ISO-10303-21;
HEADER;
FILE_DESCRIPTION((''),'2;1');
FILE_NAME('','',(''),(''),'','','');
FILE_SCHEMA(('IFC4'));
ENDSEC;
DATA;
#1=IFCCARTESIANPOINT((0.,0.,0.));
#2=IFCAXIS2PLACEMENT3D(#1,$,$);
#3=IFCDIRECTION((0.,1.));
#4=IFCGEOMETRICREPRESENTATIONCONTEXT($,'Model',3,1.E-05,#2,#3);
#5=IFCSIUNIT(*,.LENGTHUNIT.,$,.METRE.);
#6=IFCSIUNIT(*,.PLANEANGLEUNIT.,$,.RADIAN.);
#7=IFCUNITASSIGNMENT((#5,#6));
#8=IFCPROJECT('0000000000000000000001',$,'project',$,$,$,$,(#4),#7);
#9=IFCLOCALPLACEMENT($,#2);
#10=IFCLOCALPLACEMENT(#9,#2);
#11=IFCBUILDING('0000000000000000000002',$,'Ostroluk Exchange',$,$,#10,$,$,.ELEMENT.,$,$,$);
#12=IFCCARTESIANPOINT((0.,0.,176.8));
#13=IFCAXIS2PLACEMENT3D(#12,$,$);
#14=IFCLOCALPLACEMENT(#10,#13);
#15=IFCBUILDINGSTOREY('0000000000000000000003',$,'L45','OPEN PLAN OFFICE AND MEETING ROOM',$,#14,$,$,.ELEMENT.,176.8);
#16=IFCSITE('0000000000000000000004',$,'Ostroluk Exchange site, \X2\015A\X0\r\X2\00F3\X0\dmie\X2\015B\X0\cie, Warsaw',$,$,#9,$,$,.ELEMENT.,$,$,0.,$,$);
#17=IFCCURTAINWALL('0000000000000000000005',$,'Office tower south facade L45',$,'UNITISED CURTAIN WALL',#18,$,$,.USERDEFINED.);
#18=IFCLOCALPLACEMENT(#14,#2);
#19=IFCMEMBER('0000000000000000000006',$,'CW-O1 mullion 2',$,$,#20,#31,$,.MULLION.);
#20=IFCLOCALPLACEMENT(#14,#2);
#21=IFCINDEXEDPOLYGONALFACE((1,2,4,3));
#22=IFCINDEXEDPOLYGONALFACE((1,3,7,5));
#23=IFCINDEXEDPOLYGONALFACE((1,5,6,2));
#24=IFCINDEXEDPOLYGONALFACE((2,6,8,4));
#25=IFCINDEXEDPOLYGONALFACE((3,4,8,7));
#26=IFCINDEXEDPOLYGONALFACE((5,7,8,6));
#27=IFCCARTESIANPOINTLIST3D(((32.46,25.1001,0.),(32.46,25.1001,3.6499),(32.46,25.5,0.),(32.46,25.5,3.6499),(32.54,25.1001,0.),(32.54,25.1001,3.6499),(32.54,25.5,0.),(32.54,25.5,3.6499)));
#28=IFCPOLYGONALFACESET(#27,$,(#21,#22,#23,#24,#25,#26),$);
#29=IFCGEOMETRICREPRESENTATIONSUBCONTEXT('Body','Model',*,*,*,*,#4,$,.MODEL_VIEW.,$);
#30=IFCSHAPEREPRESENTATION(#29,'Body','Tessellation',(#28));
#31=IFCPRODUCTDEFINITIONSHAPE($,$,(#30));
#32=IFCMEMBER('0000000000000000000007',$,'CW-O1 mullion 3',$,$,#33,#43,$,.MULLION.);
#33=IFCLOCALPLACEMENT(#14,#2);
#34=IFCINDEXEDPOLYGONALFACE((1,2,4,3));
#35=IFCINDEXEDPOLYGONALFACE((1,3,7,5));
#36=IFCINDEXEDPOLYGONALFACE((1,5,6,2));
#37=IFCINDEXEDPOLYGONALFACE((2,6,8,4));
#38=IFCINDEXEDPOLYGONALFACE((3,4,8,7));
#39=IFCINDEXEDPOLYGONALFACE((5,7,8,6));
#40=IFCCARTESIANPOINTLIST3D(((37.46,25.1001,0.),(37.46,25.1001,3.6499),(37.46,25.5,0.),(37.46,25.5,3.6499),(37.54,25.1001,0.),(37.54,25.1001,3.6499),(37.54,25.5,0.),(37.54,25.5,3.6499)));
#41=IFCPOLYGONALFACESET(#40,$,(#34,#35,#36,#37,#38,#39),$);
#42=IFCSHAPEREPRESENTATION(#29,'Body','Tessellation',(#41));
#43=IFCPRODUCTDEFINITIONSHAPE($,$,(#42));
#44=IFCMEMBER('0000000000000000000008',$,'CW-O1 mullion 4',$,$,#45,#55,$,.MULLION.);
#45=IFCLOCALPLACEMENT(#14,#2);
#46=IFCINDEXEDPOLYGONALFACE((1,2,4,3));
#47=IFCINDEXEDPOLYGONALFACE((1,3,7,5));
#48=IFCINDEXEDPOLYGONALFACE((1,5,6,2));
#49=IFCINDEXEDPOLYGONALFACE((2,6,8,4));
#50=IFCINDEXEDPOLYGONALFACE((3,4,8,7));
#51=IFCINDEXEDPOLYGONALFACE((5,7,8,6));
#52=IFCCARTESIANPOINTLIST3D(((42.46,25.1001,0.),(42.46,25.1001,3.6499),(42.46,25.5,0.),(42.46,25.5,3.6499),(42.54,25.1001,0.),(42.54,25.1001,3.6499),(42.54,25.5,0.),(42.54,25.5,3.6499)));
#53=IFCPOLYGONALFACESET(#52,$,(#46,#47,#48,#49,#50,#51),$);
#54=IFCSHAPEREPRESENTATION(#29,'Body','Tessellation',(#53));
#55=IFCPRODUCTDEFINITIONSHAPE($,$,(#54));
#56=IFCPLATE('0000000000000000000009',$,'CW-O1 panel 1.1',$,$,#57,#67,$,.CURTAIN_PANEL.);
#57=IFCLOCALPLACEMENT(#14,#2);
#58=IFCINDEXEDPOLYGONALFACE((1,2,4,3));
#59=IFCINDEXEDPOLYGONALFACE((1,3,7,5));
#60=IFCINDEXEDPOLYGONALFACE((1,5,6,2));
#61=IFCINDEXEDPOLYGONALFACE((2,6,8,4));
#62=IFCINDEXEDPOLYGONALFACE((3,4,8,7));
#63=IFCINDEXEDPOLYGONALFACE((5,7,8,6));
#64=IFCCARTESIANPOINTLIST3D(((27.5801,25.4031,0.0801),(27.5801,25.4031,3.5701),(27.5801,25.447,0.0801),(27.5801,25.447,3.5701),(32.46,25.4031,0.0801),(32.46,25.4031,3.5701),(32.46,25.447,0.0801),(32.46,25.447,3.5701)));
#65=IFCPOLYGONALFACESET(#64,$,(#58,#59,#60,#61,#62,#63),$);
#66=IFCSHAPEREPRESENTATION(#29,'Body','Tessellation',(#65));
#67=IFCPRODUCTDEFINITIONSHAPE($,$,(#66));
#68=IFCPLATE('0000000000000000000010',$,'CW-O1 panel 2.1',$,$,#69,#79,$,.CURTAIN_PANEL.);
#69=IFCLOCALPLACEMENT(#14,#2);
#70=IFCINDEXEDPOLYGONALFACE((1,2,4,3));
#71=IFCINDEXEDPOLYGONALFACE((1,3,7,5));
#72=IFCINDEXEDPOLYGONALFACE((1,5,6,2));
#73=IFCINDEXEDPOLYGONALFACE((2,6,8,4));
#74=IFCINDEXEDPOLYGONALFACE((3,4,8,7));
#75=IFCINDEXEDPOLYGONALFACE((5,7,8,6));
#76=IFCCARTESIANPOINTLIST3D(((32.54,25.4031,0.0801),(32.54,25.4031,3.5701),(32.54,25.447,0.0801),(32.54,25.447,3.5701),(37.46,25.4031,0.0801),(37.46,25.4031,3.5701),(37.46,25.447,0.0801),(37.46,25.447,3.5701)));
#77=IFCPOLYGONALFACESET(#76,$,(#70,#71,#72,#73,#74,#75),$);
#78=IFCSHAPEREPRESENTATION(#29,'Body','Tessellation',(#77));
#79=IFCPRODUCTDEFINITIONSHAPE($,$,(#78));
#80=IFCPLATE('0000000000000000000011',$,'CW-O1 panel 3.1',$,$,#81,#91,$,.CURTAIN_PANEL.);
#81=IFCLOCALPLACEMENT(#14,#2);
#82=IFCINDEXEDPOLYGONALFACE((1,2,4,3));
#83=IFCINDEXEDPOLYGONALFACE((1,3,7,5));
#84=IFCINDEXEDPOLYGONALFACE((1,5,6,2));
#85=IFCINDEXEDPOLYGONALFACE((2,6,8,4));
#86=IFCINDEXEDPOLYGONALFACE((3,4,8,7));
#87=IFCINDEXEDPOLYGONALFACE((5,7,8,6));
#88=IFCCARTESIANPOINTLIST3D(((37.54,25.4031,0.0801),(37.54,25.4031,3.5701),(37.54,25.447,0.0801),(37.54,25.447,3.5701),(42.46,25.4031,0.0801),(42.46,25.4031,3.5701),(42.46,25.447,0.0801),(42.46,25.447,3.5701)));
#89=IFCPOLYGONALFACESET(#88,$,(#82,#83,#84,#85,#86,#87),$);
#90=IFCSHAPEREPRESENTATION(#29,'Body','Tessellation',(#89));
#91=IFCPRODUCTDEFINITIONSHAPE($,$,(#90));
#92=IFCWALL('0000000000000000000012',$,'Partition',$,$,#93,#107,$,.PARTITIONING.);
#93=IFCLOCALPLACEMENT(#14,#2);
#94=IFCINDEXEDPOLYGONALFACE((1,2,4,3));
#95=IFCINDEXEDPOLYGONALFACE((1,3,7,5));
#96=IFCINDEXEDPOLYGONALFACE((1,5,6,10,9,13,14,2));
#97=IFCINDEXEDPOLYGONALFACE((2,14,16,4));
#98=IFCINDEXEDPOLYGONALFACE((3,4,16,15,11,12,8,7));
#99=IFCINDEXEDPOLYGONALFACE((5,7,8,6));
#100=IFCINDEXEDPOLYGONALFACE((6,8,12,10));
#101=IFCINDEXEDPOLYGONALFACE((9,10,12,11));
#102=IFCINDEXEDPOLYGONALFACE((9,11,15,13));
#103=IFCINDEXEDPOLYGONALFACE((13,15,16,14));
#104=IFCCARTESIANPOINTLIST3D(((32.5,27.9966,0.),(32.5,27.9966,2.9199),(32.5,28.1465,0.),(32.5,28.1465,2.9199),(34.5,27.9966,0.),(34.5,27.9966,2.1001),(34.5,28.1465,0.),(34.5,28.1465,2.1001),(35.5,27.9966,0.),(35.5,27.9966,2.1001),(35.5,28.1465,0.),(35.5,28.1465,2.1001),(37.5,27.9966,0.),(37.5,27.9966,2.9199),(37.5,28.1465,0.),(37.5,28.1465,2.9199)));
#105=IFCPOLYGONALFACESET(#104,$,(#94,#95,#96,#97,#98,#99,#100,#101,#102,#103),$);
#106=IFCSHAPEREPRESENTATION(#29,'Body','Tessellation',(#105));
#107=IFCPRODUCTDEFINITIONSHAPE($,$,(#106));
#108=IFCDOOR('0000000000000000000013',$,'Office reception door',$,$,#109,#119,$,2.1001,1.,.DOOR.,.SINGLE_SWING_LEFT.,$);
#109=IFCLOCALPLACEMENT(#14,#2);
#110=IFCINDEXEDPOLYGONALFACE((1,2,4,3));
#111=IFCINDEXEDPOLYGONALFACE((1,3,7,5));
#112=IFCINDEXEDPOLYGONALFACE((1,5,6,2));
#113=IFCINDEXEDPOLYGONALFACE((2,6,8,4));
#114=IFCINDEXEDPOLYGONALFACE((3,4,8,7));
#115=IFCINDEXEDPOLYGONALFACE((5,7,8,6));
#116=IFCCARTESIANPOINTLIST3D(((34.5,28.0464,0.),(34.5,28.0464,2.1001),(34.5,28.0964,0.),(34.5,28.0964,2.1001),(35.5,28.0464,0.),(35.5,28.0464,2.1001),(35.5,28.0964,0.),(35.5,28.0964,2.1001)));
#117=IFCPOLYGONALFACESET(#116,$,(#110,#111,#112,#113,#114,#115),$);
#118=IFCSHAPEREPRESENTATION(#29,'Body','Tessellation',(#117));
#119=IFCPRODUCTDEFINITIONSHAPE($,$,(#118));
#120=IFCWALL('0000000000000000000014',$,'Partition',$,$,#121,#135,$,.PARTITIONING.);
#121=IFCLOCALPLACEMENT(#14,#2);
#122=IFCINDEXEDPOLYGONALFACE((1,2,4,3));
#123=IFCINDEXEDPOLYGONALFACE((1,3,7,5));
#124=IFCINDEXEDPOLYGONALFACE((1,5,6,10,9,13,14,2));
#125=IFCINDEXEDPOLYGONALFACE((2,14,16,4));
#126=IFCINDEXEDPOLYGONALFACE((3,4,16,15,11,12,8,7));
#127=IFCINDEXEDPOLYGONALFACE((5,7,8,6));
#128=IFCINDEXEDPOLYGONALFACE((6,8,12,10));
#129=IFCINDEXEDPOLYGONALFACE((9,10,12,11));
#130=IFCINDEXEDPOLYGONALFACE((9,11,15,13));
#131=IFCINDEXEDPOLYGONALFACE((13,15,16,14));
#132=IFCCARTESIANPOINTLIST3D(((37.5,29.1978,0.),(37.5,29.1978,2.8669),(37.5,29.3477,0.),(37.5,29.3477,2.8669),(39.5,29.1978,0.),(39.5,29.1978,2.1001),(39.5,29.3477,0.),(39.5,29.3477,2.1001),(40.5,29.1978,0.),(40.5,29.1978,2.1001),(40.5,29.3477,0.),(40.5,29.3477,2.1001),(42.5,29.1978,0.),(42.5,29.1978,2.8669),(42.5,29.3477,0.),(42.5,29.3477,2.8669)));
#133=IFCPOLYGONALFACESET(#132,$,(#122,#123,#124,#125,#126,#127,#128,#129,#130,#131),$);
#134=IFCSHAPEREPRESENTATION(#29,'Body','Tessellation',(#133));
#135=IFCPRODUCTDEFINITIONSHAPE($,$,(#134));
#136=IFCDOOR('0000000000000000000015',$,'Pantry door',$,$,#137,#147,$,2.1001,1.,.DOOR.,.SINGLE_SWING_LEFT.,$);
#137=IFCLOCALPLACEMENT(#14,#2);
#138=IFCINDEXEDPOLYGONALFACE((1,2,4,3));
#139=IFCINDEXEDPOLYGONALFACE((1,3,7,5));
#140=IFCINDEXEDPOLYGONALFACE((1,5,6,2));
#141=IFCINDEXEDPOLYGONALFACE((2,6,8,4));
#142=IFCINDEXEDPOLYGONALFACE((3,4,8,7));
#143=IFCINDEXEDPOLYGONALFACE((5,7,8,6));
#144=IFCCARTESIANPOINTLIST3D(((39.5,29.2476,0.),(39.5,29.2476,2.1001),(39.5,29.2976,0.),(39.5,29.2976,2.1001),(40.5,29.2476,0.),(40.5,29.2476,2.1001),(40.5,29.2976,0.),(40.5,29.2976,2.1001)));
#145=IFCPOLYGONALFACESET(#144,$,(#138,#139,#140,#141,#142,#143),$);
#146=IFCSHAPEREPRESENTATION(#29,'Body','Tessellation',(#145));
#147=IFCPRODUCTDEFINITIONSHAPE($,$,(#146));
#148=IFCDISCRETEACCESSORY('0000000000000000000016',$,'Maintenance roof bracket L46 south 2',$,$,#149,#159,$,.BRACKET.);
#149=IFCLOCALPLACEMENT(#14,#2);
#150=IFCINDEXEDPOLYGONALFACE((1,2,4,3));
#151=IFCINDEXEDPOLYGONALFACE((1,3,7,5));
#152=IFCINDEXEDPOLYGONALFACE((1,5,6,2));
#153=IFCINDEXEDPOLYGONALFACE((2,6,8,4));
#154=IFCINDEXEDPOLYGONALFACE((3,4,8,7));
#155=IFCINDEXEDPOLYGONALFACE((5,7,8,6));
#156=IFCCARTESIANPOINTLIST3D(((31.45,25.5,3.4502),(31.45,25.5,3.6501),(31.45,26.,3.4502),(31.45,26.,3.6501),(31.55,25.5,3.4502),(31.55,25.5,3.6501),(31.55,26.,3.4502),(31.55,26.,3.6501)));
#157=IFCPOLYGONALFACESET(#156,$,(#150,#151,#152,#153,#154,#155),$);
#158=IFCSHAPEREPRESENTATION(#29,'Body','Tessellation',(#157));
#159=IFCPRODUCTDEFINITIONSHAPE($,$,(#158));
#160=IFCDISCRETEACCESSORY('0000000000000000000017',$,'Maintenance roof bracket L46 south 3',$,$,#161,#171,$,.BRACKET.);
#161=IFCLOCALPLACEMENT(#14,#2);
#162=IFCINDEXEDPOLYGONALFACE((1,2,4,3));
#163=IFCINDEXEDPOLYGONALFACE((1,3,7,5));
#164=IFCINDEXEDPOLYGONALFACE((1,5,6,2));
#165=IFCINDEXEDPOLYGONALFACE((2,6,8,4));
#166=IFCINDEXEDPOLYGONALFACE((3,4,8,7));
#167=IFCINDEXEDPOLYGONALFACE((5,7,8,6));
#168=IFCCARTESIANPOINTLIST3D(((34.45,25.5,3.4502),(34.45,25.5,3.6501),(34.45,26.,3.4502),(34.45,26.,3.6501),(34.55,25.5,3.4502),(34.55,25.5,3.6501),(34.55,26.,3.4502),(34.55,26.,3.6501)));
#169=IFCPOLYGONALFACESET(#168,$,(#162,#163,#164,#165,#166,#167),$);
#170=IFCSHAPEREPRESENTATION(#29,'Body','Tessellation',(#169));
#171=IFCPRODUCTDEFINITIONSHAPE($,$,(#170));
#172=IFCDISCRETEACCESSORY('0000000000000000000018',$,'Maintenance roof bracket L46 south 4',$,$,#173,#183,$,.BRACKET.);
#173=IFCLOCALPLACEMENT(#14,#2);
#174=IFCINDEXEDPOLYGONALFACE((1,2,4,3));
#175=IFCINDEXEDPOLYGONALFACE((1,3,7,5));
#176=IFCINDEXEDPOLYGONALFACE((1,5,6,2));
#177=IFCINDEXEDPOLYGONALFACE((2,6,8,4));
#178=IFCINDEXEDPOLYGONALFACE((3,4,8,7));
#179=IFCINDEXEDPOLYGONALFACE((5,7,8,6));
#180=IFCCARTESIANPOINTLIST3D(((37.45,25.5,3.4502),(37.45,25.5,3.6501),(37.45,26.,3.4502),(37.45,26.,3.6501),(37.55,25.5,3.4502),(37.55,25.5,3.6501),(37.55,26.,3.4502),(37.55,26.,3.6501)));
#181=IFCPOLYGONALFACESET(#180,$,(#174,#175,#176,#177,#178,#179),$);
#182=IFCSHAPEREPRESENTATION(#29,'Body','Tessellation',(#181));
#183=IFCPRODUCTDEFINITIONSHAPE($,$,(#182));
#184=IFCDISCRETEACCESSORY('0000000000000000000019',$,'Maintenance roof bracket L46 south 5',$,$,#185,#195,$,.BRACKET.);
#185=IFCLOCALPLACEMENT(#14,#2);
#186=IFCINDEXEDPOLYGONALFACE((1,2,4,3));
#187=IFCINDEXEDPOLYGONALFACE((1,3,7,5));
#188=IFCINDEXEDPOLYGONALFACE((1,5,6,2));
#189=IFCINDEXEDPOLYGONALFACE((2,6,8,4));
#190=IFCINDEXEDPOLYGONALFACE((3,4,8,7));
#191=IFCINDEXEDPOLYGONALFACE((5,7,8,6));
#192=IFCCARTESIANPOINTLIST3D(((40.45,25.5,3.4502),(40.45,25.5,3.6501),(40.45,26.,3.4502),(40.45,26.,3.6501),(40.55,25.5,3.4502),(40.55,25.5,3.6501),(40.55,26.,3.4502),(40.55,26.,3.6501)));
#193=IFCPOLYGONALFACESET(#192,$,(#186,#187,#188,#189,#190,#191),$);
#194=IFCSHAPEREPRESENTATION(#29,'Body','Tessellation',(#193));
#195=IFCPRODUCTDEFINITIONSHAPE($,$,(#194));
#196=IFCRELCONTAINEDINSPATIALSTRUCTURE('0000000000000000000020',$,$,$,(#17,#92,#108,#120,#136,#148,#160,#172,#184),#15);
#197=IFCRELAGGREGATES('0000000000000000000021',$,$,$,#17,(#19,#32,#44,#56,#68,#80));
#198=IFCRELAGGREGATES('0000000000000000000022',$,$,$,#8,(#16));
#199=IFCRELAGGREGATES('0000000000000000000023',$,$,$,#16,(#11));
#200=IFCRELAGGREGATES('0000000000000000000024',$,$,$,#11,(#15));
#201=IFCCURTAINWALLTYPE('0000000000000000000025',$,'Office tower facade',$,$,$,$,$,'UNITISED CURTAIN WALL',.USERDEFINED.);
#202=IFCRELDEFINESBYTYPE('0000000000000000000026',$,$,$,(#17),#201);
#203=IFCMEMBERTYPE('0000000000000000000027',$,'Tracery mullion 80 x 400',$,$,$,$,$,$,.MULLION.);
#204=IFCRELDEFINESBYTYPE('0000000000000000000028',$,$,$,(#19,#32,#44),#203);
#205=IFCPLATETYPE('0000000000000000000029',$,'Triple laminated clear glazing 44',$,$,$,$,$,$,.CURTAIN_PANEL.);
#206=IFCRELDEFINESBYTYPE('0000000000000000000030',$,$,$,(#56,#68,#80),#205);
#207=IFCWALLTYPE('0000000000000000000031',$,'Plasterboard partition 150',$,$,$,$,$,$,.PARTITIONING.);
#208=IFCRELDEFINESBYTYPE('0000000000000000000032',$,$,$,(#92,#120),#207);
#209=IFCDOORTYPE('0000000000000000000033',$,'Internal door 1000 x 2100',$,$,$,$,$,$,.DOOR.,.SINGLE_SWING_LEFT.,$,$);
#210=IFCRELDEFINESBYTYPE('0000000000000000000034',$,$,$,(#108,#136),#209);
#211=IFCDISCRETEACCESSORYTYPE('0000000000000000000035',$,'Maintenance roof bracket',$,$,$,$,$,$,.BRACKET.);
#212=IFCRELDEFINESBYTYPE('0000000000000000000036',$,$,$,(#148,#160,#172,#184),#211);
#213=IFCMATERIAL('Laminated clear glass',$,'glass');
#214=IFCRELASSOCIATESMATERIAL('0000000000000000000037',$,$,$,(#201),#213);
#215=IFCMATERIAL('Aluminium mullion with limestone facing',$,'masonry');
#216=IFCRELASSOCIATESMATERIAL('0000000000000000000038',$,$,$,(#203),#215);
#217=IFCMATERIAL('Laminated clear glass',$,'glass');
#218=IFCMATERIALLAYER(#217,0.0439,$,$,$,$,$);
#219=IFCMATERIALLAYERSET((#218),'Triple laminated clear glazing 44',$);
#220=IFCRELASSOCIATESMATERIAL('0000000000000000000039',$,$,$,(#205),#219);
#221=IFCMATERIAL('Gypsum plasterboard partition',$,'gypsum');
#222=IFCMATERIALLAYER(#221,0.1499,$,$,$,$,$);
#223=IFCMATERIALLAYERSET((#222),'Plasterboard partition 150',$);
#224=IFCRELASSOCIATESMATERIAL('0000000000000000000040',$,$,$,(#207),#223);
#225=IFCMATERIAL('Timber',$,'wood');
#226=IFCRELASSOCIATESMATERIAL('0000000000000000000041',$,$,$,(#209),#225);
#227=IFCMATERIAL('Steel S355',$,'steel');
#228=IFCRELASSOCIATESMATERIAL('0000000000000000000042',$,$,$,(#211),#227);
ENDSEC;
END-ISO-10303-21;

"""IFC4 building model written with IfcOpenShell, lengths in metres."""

from ifc_helpers import new_model, si_unit, direction, frame, frame_2d, origin, origin_2d, place, context, subcontext, project, spatial, rectangle, extrude, material, layer, layer_set, material_profile, profile_set, type_object, element, fill, aggregate, save


model = new_model("IFC4")

# Units and contexts
model_context = context("Model", 3, precision=1e-05, world=origin(), true_north=direction((0.0, 1.0)))
body_context = subcontext(model_context, "Body", "Model", "MODEL_VIEW")
ifc_project = project(units=[si_unit("LENGTHUNIT", "METRE"), si_unit("PLANEANGLEUNIT", "RADIAN")], contexts=[model_context])

# Site, building, storey
site_placement = place(None, origin())
site = spatial("IfcSite", under=ifc_project, at=site_placement, Name="Ostroluk Exchange site, Śródmieście, Warsaw", CompositionType="ELEMENT", RefElevation=0.0)
building_placement = place(site_placement, origin())
building = spatial("IfcBuilding", under=site, at=building_placement, Name="Ostroluk Exchange", CompositionType="ELEMENT")
storey_placement = place(building_placement, frame((0.0, 0.0, 176.8)))
storey = spatial("IfcBuildingStorey", under=building, at=storey_placement, Name="L45", Description="OPEN PLAN OFFICE AND MEETING ROOM", CompositionType="ELEMENT", Elevation=176.8)

# Curtain wall, members, plates
ifc_material_1 = material(Name="Laminated clear glass", Category="glass")
curtain_wall_type = type_object("IfcCurtainWallType", Name="Office tower facade", ElementType="UNITISED CURTAIN WALL", PredefinedType="USERDEFINED", material=ifc_material_1)
curtain_wall_placement = place(storey_placement, origin())
curtain_wall = element("IfcCurtainWall", 1, at=curtain_wall_placement, inside=storey, type_object=curtain_wall_type, Name="Office tower south facade L45", ObjectType="UNITISED CURTAIN WALL", PredefinedType="USERDEFINED")
ifc_material_2 = material(Name="Aluminium mullion with limestone facing", Category="masonry")
ifc_material_profile_1 = material_profile(ifc_material_2, rectangle(XDim=0.3999, YDim=0.0801, at=origin_2d()), Name="Tracery mullion 80 x 400")
ifc_profile_set_1 = profile_set([ifc_material_profile_1], Name="Aluminium mullion with limestone facing")
member_type_1 = type_object("IfcMemberType", Name="Tracery mullion 80 x 400", PredefinedType="MULLION", material=ifc_profile_set_1)
member_1_placement = place(storey_placement, frame((32.5, 25.3, 0.0), z_axis=(0.0, 0.0, 1.0), x_axis=(0.0, 1.0, 0.0)))
member_1 = element("IfcMember", 2, at=member_1_placement, type_object=member_type_1, Name="CW-O1 mullion 2", PredefinedType="MULLION", context=body_context, shape_type="SweptSolid", body=[
    extrude(rectangle(XDim=0.3999, YDim=0.0801, at=origin_2d()), origin(), (0.0, 0.0, 1.0), 3.6499),
])
member_2_placement = place(storey_placement, frame((37.5, 25.3, 0.0), z_axis=(0.0, 0.0, 1.0), x_axis=(0.0, 1.0, 0.0)))
member_2 = element("IfcMember", 3, at=member_2_placement, type_object=member_type_1, Name="CW-O1 mullion 3", PredefinedType="MULLION", context=body_context, shape_type="SweptSolid", body=[
    extrude(rectangle(XDim=0.3999, YDim=0.0801, at=origin_2d()), origin(), (0.0, 0.0, 1.0), 3.6499),
])
member_3_placement = place(storey_placement, frame((42.5, 25.3, 0.0), z_axis=(0.0, 0.0, 1.0), x_axis=(0.0, 1.0, 0.0)))
member_3 = element("IfcMember", 4, at=member_3_placement, type_object=member_type_1, Name="CW-O1 mullion 4", PredefinedType="MULLION", context=body_context, shape_type="SweptSolid", body=[
    extrude(rectangle(XDim=0.3999, YDim=0.0801, at=origin_2d()), origin(), (0.0, 0.0, 1.0), 3.6499),
])
ifc_material_3 = material(Name="Laminated clear glass", Category="glass")
ifc_layer_1 = layer(ifc_material_3, 0.0439)
ifc_layer_set_1 = layer_set([ifc_layer_1], Name="Triple laminated clear glazing 44")
plate_type = type_object("IfcPlateType", Name="Triple laminated clear glazing 44", PredefinedType="CURTAIN_PANEL", material=ifc_layer_set_1)
plate_1_placement = place(storey_placement, frame((30.02, 25.425, 0.0801), z_axis=(0.0, 0.0, 1.0), x_axis=(1.0, 0.0, 0.0)))
plate_1 = element("IfcPlate", 5, at=plate_1_placement, type_object=plate_type, Name="CW-O1 panel 1.1", PredefinedType="CURTAIN_PANEL", context=body_context, shape_type="SweptSolid", body=[
    extrude(rectangle(XDim=4.8799, YDim=0.0439, at=origin_2d()), origin(), (0.0, 0.0, 1.0), 3.49),
])
plate_2_placement = place(storey_placement, frame((35.0, 25.425, 0.0801), z_axis=(0.0, 0.0, 1.0), x_axis=(1.0, 0.0, 0.0)))
plate_2 = element("IfcPlate", 6, at=plate_2_placement, type_object=plate_type, Name="CW-O1 panel 2.1", PredefinedType="CURTAIN_PANEL", context=body_context, shape_type="SweptSolid", body=[
    extrude(rectangle(XDim=4.9199, YDim=0.0439, at=origin_2d()), origin(), (0.0, 0.0, 1.0), 3.49),
])
plate_3_placement = place(storey_placement, frame((40.0, 25.425, 0.0801), z_axis=(0.0, 0.0, 1.0), x_axis=(1.0, 0.0, 0.0)))
plate_3 = element("IfcPlate", 7, at=plate_3_placement, type_object=plate_type, Name="CW-O1 panel 3.1", PredefinedType="CURTAIN_PANEL", context=body_context, shape_type="SweptSolid", body=[
    extrude(rectangle(XDim=4.9199, YDim=0.0439, at=origin_2d()), origin(), (0.0, 0.0, 1.0), 3.49),
])
aggregate(curtain_wall, [member_1, member_2, member_3, plate_1, plate_2, plate_3])

# Walls, openings, doors
ifc_material_4 = material(Name="Gypsum plasterboard partition", Category="gypsum")
ifc_layer_2 = layer(ifc_material_4, 0.1499)
ifc_layer_set_2 = layer_set([ifc_layer_2], Name="Plasterboard partition 150")
wall_type = type_object("IfcWallType", Name="Plasterboard partition 150", PredefinedType="PARTITIONING", material=ifc_layer_set_2)
wall_1_placement = place(storey_placement, frame((32.5, 28.0715, 0.0), z_axis=(0.0, 0.0, 1.0), x_axis=(1.0, 0.0, 0.0)))
wall_1 = element("IfcWall", 8, at=wall_1_placement, inside=storey, type_object=wall_type, Name="Partition", PredefinedType="PARTITIONING", context=body_context, shape_type="SweptSolid", body=[
    extrude(rectangle(XDim=5.0, YDim=0.1499, at=frame_2d((2.5, 0.0))), origin(), (0.0, 0.0, 1.0), 2.9199),
])
opening_1_placement = place(wall_1_placement, frame((2.0, 0.0, 0.0)))
opening_1 = element("IfcOpeningElement", 9, at=opening_1_placement, cuts=wall_1, PredefinedType="OPENING", context=body_context, shape_type="SweptSolid", body=[
    extrude(rectangle(XDim=1.0, YDim=2.1001, at=frame_2d((0.5, 1.05))), frame((0.0, 0.085, 0.0), z_axis=(0.0, -1.0, 0.0), x_axis=(1.0, 0.0, 0.0)), (0.0, 0.0, 1.0), 0.1699),
])
ifc_material_5 = material(Name="Timber", Category="wood")
door_type = type_object("IfcDoorType", Name="Internal door 1000 x 2100", OperationType="SINGLE_SWING_LEFT", PredefinedType="DOOR", material=ifc_material_5)
door_1_placement = place(opening_1_placement, origin())
door_1 = element("IfcDoor", 10, at=door_1_placement, inside=storey, type_object=door_type, Name="Office reception door", OperationType="SINGLE_SWING_LEFT", OverallHeight=2.1001, OverallWidth=1.0, PredefinedType="DOOR", context=body_context, shape_type="SweptSolid", body=[
    extrude(rectangle(XDim=1.0, YDim=2.1001, at=frame_2d((0.5, 1.05))), frame((0.0, 0.0249, 0.0), z_axis=(0.0, -1.0, 0.0), x_axis=(1.0, 0.0, 0.0)), (0.0, 0.0, 1.0), 0.05),
])
fill(opening_1, door_1)
wall_2_placement = place(storey_placement, frame((37.5, 29.2727, 0.0), z_axis=(0.0, 0.0, 1.0), x_axis=(1.0, 0.0, 0.0)))
wall_2 = element("IfcWall", 11, at=wall_2_placement, inside=storey, type_object=wall_type, Name="Partition", PredefinedType="PARTITIONING", context=body_context, shape_type="SweptSolid", body=[
    extrude(rectangle(XDim=5.0, YDim=0.1499, at=frame_2d((2.5, 0.0))), origin(), (0.0, 0.0, 1.0), 2.8669),
])
opening_2_placement = place(wall_2_placement, frame((2.0, 0.0, 0.0)))
opening_2 = element("IfcOpeningElement", 12, at=opening_2_placement, cuts=wall_2, PredefinedType="OPENING", context=body_context, shape_type="SweptSolid", body=[
    extrude(rectangle(XDim=1.0, YDim=2.1001, at=frame_2d((0.5, 1.05))), frame((0.0, 0.085, 0.0), z_axis=(0.0, -1.0, 0.0), x_axis=(1.0, 0.0, 0.0)), (0.0, 0.0, 1.0), 0.1699),
])
door_2_placement = place(opening_2_placement, origin())
door_2 = element("IfcDoor", 13, at=door_2_placement, inside=storey, type_object=door_type, Name="Pantry door", OperationType="SINGLE_SWING_LEFT", OverallHeight=2.1001, OverallWidth=1.0, PredefinedType="DOOR", context=body_context, shape_type="SweptSolid", body=[
    extrude(rectangle(XDim=1.0, YDim=2.1001, at=frame_2d((0.5, 1.05))), frame((0.0, 0.0249, 0.0), z_axis=(0.0, -1.0, 0.0), x_axis=(1.0, 0.0, 0.0)), (0.0, 0.0, 1.0), 0.05),
])
fill(opening_2, door_2)

# Discrete accessories
ifc_material_6 = material(Name="Steel S355", Category="steel")
discrete_accessory_type = type_object("IfcDiscreteAccessoryType", Name="Maintenance roof bracket", PredefinedType="BRACKET", material=ifc_material_6)
for number, where, z_axis, x_axis, name in (
    (14, (31.5, 25.75, 3.4502), (0.0, 0.0, 1.0), (1.0, 0.0, 0.0), "Maintenance roof bracket L46 south 2"),
    (15, (34.5, 25.75, 3.4502), (0.0, 0.0, 1.0), (1.0, 0.0, 0.0), "Maintenance roof bracket L46 south 3"),
    (16, (37.5, 25.75, 3.4502), (0.0, 0.0, 1.0), (1.0, 0.0, 0.0), "Maintenance roof bracket L46 south 4"),
    (17, (40.5, 25.75, 3.4502), (0.0, 0.0, 1.0), (1.0, 0.0, 0.0), "Maintenance roof bracket L46 south 5"),
):
    element("IfcDiscreteAccessory", number, at=place(storey_placement, frame(where, z_axis=z_axis, x_axis=x_axis)), inside=storey, type_object=discrete_accessory_type, Name=name, PredefinedType="BRACKET", context=body_context, shape_type="SweptSolid", body=[
        extrude(rectangle(XDim=0.1001, YDim=0.5, at=origin_2d()), origin(), (0.0, 0.0, 1.0), 0.2),
    ])

save(model, "model.ifc")
